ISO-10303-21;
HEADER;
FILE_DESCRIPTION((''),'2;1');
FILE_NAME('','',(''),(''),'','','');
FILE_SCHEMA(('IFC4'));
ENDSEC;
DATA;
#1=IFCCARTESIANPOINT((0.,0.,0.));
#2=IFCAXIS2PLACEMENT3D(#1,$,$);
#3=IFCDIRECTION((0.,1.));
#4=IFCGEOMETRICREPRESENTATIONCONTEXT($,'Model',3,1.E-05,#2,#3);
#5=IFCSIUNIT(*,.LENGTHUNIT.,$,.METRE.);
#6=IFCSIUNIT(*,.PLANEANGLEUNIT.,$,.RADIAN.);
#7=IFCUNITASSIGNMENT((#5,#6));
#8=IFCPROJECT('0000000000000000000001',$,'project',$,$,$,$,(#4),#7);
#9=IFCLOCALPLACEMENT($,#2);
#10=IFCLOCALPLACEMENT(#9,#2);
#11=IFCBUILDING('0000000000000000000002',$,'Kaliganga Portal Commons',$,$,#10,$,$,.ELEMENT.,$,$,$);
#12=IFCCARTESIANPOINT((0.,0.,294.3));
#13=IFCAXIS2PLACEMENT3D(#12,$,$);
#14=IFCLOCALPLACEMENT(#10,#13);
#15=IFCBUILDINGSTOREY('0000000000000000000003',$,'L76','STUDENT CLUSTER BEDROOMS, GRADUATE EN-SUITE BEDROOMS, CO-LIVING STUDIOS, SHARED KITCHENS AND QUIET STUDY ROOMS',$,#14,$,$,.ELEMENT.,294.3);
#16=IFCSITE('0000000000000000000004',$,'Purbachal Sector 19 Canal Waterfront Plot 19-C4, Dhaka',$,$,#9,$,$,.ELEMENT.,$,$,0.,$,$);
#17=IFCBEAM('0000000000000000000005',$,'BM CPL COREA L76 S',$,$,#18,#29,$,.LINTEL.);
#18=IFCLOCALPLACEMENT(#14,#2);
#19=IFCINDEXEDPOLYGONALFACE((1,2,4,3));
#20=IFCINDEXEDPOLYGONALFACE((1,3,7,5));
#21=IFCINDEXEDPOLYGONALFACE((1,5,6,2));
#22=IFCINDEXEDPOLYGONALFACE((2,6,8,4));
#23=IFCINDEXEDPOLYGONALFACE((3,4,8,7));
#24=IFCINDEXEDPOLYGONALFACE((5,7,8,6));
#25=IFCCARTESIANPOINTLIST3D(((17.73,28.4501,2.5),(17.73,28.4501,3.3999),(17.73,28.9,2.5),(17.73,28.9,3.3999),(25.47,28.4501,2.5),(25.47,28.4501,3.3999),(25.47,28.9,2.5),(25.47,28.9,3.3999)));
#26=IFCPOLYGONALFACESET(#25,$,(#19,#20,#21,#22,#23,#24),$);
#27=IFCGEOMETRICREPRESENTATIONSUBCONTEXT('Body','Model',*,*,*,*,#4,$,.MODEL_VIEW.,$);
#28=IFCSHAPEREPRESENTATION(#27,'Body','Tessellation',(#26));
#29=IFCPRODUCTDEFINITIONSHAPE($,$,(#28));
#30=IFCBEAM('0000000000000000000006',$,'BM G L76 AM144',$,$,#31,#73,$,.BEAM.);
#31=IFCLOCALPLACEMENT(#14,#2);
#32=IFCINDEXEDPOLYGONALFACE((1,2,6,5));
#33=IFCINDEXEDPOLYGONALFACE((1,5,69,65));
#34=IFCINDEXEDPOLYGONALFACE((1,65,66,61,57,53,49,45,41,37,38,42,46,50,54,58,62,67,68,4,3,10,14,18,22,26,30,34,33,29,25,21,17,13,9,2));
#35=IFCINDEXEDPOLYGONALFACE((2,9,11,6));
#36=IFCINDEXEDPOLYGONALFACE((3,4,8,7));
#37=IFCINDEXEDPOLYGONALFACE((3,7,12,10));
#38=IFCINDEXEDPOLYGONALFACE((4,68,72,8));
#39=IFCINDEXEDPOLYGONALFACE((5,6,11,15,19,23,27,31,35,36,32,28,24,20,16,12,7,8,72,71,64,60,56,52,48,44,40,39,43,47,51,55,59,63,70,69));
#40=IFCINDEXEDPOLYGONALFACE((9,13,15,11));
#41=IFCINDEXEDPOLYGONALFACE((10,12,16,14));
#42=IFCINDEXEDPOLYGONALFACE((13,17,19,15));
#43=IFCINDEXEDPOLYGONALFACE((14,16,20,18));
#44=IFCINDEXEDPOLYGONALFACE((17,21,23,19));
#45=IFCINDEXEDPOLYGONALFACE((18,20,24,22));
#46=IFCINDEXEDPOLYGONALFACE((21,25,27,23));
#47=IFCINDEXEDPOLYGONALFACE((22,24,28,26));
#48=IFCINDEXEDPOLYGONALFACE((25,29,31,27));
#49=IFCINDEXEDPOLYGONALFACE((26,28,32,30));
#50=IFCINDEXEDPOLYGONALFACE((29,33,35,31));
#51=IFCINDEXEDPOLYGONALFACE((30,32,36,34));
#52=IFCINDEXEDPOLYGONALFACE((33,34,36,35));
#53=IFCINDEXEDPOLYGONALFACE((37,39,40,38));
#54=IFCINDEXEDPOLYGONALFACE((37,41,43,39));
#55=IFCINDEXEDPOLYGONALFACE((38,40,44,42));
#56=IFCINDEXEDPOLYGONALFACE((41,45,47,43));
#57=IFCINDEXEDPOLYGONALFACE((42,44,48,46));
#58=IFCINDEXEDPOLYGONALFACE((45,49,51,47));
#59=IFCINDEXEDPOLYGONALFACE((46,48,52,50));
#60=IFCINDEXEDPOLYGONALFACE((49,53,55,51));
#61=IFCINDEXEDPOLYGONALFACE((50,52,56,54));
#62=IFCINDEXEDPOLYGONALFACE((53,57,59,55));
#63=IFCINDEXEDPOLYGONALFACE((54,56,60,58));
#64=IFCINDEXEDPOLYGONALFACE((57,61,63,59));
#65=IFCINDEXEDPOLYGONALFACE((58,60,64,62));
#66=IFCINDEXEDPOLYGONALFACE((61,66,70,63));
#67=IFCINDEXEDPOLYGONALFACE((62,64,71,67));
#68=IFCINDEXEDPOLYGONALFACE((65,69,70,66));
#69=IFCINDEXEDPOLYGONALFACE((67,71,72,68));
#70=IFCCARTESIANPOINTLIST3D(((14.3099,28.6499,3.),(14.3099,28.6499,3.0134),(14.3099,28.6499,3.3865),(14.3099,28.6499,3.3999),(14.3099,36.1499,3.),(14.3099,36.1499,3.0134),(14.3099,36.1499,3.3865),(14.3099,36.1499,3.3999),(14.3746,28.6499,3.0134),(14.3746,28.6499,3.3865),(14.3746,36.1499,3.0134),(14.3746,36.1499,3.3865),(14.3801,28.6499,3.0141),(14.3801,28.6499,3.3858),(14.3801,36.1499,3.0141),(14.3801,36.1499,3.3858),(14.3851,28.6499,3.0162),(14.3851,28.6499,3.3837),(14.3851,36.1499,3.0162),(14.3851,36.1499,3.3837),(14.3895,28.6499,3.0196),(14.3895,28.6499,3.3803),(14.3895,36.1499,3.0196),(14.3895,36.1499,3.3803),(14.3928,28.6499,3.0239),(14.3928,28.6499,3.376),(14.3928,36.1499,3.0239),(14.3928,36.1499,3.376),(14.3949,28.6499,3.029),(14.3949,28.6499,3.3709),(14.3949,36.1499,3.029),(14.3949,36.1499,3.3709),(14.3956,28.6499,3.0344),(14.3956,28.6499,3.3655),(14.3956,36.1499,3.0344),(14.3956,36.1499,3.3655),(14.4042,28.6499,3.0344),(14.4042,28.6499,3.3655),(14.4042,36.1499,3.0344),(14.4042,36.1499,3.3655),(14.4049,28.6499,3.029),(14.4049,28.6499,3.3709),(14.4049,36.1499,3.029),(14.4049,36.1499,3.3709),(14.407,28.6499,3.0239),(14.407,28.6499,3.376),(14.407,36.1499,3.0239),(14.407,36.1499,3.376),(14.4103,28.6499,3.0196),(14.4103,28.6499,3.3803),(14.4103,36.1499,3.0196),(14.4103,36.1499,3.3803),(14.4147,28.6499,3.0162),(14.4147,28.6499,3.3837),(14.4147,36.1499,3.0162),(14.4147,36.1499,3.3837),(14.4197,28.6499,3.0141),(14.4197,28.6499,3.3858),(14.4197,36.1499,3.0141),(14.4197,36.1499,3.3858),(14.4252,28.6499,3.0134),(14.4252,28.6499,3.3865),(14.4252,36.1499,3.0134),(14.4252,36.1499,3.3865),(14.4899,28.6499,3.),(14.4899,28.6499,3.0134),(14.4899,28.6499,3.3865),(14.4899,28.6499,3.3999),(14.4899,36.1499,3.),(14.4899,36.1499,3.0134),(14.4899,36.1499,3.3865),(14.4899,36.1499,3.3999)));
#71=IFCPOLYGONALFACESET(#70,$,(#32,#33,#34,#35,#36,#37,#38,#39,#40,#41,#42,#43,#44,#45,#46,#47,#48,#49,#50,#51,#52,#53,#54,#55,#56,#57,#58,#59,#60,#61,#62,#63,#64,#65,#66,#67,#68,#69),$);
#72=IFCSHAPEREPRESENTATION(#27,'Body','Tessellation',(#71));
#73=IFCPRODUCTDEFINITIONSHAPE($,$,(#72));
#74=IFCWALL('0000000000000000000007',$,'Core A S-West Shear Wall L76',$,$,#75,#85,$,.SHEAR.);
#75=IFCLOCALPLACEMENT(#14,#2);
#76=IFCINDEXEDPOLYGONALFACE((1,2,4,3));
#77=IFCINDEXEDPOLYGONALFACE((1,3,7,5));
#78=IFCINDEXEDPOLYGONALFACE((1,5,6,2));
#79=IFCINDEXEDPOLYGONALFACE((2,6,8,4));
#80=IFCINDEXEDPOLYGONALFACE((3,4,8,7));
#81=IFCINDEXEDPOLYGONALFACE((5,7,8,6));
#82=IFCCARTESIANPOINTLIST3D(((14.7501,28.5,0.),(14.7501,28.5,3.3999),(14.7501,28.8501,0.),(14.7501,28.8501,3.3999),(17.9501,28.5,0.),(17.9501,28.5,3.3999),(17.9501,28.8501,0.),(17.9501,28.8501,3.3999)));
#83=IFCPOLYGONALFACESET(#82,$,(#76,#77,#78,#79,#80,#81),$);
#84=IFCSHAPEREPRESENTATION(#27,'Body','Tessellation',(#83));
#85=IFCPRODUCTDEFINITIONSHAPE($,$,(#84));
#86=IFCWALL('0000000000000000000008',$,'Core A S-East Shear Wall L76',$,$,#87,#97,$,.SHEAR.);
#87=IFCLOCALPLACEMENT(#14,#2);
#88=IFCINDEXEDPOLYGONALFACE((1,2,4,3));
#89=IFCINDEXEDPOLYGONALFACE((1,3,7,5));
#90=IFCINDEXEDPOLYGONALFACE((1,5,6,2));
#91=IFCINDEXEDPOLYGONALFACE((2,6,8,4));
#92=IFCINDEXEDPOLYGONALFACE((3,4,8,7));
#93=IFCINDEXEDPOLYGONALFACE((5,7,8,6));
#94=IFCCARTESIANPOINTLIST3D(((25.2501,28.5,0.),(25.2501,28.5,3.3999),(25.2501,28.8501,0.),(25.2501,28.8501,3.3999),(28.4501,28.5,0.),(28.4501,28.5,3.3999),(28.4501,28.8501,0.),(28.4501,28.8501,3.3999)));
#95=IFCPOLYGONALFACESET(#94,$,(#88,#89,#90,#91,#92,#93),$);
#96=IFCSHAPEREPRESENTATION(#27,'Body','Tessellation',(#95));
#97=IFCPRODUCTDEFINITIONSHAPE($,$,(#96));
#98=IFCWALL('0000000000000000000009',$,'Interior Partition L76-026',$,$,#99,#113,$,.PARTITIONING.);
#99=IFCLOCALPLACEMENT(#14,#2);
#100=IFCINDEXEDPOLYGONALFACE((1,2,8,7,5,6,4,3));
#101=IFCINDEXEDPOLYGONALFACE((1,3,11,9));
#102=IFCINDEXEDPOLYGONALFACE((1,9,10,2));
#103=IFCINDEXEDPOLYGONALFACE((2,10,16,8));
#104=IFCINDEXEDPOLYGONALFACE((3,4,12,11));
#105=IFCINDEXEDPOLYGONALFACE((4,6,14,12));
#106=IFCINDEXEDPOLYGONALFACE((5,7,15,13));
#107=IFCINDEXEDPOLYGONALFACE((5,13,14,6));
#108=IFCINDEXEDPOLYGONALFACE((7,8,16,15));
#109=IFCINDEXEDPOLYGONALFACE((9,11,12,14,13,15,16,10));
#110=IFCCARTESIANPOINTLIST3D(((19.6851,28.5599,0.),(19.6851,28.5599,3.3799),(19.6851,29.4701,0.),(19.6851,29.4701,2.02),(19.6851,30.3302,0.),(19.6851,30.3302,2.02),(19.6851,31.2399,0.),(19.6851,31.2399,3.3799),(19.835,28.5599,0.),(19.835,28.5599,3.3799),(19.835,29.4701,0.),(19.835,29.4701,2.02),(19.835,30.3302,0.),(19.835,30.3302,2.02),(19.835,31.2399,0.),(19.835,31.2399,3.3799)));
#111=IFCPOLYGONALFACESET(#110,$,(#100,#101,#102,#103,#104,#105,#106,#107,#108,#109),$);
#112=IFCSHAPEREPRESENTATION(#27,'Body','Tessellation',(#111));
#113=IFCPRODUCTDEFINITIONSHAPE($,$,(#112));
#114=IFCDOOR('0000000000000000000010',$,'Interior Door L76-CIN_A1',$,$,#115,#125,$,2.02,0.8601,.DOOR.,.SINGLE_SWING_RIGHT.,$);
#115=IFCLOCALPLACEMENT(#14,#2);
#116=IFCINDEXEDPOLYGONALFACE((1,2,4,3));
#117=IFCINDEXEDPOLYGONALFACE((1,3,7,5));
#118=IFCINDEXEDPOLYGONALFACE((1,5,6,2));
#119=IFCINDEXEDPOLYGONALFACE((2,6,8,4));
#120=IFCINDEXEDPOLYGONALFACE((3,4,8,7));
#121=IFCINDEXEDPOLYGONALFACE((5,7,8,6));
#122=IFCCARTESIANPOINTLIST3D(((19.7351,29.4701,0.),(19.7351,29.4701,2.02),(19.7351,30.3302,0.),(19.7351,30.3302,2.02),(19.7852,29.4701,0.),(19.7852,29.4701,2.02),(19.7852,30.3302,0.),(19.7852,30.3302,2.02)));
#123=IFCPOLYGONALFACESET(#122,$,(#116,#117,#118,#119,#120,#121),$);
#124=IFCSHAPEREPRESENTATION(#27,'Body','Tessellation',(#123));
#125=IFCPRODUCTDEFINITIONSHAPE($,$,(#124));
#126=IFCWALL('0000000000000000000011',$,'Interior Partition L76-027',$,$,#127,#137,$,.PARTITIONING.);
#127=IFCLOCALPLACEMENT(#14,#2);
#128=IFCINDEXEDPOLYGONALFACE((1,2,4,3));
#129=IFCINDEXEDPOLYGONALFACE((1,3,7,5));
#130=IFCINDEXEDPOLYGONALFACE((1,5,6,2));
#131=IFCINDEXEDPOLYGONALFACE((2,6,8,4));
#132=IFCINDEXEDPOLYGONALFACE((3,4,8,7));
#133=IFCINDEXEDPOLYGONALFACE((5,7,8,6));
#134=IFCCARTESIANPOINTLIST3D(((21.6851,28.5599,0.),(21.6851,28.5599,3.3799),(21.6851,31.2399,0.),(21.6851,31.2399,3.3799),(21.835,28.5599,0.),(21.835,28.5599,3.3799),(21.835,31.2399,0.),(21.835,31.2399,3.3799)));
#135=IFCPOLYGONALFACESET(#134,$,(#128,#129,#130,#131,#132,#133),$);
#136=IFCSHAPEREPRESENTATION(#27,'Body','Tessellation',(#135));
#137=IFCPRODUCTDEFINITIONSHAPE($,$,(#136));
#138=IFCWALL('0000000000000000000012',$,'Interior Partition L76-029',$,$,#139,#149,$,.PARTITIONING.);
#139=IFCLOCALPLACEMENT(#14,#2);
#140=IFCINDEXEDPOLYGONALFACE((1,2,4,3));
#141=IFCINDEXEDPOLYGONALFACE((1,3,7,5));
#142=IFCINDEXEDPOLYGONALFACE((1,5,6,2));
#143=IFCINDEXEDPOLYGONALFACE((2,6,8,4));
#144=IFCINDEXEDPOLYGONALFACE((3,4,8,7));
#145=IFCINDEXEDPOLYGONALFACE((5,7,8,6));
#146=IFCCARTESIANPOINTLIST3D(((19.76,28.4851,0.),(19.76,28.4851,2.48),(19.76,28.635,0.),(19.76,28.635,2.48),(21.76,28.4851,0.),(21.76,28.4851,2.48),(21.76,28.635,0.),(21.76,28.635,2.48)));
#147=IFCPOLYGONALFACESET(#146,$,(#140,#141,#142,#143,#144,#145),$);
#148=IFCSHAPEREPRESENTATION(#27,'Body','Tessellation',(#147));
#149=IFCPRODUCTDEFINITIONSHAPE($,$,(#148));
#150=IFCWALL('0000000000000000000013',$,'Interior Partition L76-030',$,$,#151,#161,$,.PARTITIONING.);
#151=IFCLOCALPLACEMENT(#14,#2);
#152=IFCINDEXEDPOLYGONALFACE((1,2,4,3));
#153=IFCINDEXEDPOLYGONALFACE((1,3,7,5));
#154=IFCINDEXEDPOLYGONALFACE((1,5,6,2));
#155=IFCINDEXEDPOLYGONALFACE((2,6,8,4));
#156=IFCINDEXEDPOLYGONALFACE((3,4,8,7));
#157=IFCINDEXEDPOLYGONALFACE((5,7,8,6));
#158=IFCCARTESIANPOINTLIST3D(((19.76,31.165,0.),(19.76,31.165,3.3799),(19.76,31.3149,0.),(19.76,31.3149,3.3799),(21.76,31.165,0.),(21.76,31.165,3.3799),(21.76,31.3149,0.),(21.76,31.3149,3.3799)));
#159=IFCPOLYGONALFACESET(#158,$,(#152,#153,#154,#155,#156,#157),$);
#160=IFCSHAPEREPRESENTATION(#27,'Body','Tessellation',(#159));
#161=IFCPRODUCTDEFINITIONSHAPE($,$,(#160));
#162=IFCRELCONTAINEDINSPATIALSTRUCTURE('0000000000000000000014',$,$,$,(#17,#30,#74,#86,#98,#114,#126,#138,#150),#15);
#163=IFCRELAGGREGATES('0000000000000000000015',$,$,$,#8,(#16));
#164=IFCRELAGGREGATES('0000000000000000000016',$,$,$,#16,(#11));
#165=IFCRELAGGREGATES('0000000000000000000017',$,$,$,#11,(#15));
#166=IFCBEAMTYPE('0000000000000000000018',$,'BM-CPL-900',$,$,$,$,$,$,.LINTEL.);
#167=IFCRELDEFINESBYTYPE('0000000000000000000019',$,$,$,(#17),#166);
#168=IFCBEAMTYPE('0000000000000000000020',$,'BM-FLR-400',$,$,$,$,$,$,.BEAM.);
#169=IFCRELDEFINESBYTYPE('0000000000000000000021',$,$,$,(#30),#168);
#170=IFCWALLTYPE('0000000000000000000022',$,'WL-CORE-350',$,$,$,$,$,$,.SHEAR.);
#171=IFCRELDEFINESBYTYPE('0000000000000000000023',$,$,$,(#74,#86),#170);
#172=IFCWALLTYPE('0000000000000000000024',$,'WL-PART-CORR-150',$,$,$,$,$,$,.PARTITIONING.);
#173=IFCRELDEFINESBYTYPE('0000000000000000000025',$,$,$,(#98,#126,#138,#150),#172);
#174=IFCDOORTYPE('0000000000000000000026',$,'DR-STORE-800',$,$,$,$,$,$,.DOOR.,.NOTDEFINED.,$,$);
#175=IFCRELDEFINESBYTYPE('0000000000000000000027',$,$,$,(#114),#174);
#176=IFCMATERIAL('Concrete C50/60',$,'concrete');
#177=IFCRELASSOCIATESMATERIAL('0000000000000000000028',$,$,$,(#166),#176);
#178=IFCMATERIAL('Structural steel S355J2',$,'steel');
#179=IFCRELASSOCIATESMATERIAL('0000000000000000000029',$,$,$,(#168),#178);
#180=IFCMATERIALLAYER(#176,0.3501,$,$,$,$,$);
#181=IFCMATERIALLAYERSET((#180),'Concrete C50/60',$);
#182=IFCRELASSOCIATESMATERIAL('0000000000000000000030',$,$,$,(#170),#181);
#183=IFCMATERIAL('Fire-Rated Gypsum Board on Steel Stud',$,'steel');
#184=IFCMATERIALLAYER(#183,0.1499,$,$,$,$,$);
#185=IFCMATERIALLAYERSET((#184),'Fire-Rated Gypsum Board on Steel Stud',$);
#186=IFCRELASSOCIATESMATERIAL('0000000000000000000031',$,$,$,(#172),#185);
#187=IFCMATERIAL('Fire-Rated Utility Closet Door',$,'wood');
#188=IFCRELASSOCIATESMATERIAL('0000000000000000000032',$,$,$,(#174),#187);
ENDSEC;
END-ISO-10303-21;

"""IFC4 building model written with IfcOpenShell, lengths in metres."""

from ifc_helpers import new_model, si_unit, direction, frame, frame_2d, origin, origin_2d, place, context, subcontext, project, spatial, rectangle, i_section, extrude, source, transform, mapped, material, layer, layer_set, material_profile, profile_set, type_object, element, fill, save


model = new_model("IFC4")

# Units and contexts
model_context = context("Model", 3, precision=1e-05, world=origin(), true_north=direction((0.0, 1.0)))
body_context = subcontext(model_context, "Body", "Model", "MODEL_VIEW")
ifc_project = project(units=[si_unit("LENGTHUNIT", "METRE"), si_unit("PLANEANGLEUNIT", "RADIAN")], contexts=[model_context])

# Site, building, storey
site_placement = place(None, origin())
site = spatial("IfcSite", under=ifc_project, at=site_placement, Name="Purbachal Sector 19 Canal Waterfront Plot 19-C4, Dhaka", CompositionType="ELEMENT", RefElevation=0.0)
building_placement = place(site_placement, origin())
building = spatial("IfcBuilding", under=site, at=building_placement, Name="Kaliganga Portal Commons", CompositionType="ELEMENT")
storey_placement = place(building_placement, frame((0.0, 0.0, 294.3)))
storey = spatial("IfcBuildingStorey", under=building, at=storey_placement, Name="L76", Description="STUDENT CLUSTER BEDROOMS, GRADUATE EN-SUITE BEDROOMS, CO-LIVING STUDIOS, SHARED KITCHENS AND QUIET STUDY ROOMS", CompositionType="ELEMENT", Elevation=294.3)

# Beams
ifc_material_1 = material(Name="Concrete C50/60", Category="concrete")
ifc_material_profile_1 = material_profile(ifc_material_1, rectangle(XDim=0.45, YDim=0.8999, at=origin_2d()), Name="RC 450x900")
ifc_profile_set_1 = profile_set([ifc_material_profile_1], Name="Concrete C50/60")
beam_type_1 = type_object("IfcBeamType", Name="BM-CPL-900", PredefinedType="LINTEL", material=ifc_profile_set_1)
shared_shape_1 = source(origin(), body_context, "Body", "SweptSolid", [
    extrude(rectangle(XDim=0.45, YDim=0.8999, at=origin_2d()), origin(), (0.0, 0.0, 1.0), 7.74),
])
beam_1_placement = place(storey_placement, frame((17.73, 28.675, 2.95), z_axis=(1.0, 0.0, 0.0), x_axis=(0.0, 1.0, 0.0)))
element("IfcBeam", 1, at=beam_1_placement, inside=storey, type_object=beam_type_1, Name="BM CPL COREA L76 S", PredefinedType="LINTEL", context=body_context, shape_type="MappedRepresentation", body=[
    mapped(shared_shape_1, transform((0.0, 0.0, 0.0), x_axis=(1.0, 0.0, 0.0), y_axis=(0.0, 1.0, 0.0), z_axis=(0.0, 0.0, 1.0), scale=1.0)),
])
ifc_material_2 = material(Name="Structural steel S355J2", Category="steel")
ifc_material_profile_2 = material_profile(ifc_material_2, i_section(OverallWidth=0.1799, OverallDepth=0.3999, WebThickness=0.0085, FlangeThickness=0.0134, FilletRadius=0.021, at=origin_2d()), Name="IPE 400")
ifc_profile_set_2 = profile_set([ifc_material_profile_2], Name="Structural steel S355J2 wide-flange")
beam_type_2 = type_object("IfcBeamType", Name="BM-FLR-400", PredefinedType="BEAM", material=ifc_profile_set_2)
shared_shape_2 = source(origin(), body_context, "Body", "SweptSolid", [
    extrude(i_section(OverallWidth=0.1799, OverallDepth=0.3999, WebThickness=0.0085, FlangeThickness=0.0134, FilletRadius=0.021, at=origin_2d()), origin(), (0.0, 0.0, 1.0), 7.5),
])
beam_2_placement = place(storey_placement, frame((14.3999, 28.6499, 3.2), z_axis=(0.0, 1.0, 0.0), x_axis=(-1.0, 0.0, 0.0)))
element("IfcBeam", 2, at=beam_2_placement, inside=storey, type_object=beam_type_2, Name="BM G L76 AM144", PredefinedType="BEAM", context=body_context, shape_type="MappedRepresentation", body=[
    mapped(shared_shape_2, transform((0.0, 0.0, 0.0), x_axis=(1.0, 0.0, 0.0), y_axis=(0.0, 1.0, 0.0), z_axis=(0.0, 0.0, 1.0), scale=1.0)),
])

# Walls
ifc_layer_1 = layer(ifc_material_1, 0.3501)
ifc_layer_set_1 = layer_set([ifc_layer_1], Name="Concrete C50/60")
wall_type_1 = type_object("IfcWallType", Name="WL-CORE-350", PredefinedType="SHEAR", material=ifc_layer_set_1)
for number, where, z_axis, x_axis, name in (
    (3, (14.75, 28.675, 0.0), (0.0, 0.0, 1.0), (1.0, 0.0, 0.0), "Core A S-West Shear Wall L76"),
    (4, (25.25, 28.675, 0.0), (0.0, 0.0, 1.0), (1.0, 0.0, 0.0), "Core A S-East Shear Wall L76"),
):
    element("IfcWall", number, at=place(storey_placement, frame(where, z_axis=z_axis, x_axis=x_axis)), inside=storey, type_object=wall_type_1, Name=name, PredefinedType="SHEAR", context=body_context, shape_type="SweptSolid", body=[
        extrude(rectangle(XDim=3.2, YDim=0.3501, at=frame_2d((1.6001, 0.0))), origin(), (0.0, 0.0, 1.0), 3.3999),
    ])

# Wall, opening, door
ifc_material_3 = material(Name="Fire-Rated Gypsum Board on Steel Stud", Category="steel")
ifc_layer_2 = layer(ifc_material_3, 0.1499)
ifc_layer_set_2 = layer_set([ifc_layer_2], Name="Fire-Rated Gypsum Board on Steel Stud")
wall_type_2 = type_object("IfcWallType", Name="WL-PART-CORR-150", PredefinedType="PARTITIONING", material=ifc_layer_set_2)
wall_1_placement = place(storey_placement, frame((19.76, 28.5601, 0.0), z_axis=(0.0, 0.0, 1.0), x_axis=(0.0, 1.0, 0.0)))
wall_1 = element("IfcWall", 5, at=wall_1_placement, inside=storey, type_object=wall_type_2, Name="Interior Partition L76-026", PredefinedType="PARTITIONING", context=body_context, shape_type="SweptSolid", body=[
    extrude(rectangle(XDim=2.6799, YDim=0.1499, at=frame_2d((1.3398, 0.0))), origin(), (0.0, 0.0, 1.0), 3.3799),
])
opening_1_placement = place(wall_1_placement, frame((0.9099, 0.0, 0.0)))
opening_1 = element("IfcOpeningElement", 6, at=opening_1_placement, cuts=wall_1, PredefinedType="OPENING", context=body_context, shape_type="SweptSolid", body=[
    extrude(rectangle(XDim=0.8601, YDim=2.02, at=frame_2d((0.4302, 1.01))), frame((0.0, 0.085, 0.0), z_axis=(0.0, -1.0, 0.0), x_axis=(1.0, 0.0, 0.0)), (0.0, 0.0, 1.0), 0.1699),
])
ifc_material_4 = material(Name="Fire-Rated Utility Closet Door", Category="wood")
door_type_1 = type_object("IfcDoorType", Name="DR-STORE-800", OperationType="NOTDEFINED", PredefinedType="DOOR", material=ifc_material_4)
door_1_placement = place(opening_1_placement, origin())
door_1 = element("IfcDoor", 7, at=door_1_placement, inside=storey, type_object=door_type_1, Name="Interior Door L76-CIN_A1", OperationType="SINGLE_SWING_RIGHT", OverallHeight=2.02, OverallWidth=0.8601, PredefinedType="DOOR", context=body_context, shape_type="SweptSolid", body=[
    extrude(rectangle(XDim=0.8601, YDim=2.02, at=frame_2d((0.4302, 1.01))), frame((0.0, 0.0249, 0.0), z_axis=(0.0, -1.0, 0.0), x_axis=(1.0, 0.0, 0.0)), (0.0, 0.0, 1.0), 0.05),
])
fill(opening_1, door_1)

# Walls
wall_2_placement = place(storey_placement, frame((21.76, 28.5601, 0.0), z_axis=(0.0, 0.0, 1.0), x_axis=(0.0, 1.0, 0.0)))
element("IfcWall", 8, at=wall_2_placement, inside=storey, type_object=wall_type_2, Name="Interior Partition L76-027", PredefinedType="PARTITIONING", context=body_context, shape_type="SweptSolid", body=[
    extrude(rectangle(XDim=2.6799, YDim=0.1499, at=frame_2d((1.3398, 0.0))), origin(), (0.0, 0.0, 1.0), 3.3799),
])
wall_3_placement = place(storey_placement, frame((19.76, 28.5601, 0.0), z_axis=(0.0, 0.0, 1.0), x_axis=(1.0, 0.0, 0.0)))
element("IfcWall", 9, at=wall_3_placement, inside=storey, type_object=wall_type_2, Name="Interior Partition L76-029", PredefinedType="PARTITIONING", context=body_context, shape_type="SweptSolid", body=[
    extrude(rectangle(XDim=2.0, YDim=0.1499, at=frame_2d((1.0, 0.0))), origin(), (0.0, 0.0, 1.0), 2.48),
])
wall_4_placement = place(storey_placement, frame((19.76, 31.24, 0.0), z_axis=(0.0, 0.0, 1.0), x_axis=(1.0, 0.0, 0.0)))
element("IfcWall", 10, at=wall_4_placement, inside=storey, type_object=wall_type_2, Name="Interior Partition L76-030", PredefinedType="PARTITIONING", context=body_context, shape_type="SweptSolid", body=[
    extrude(rectangle(XDim=2.0, YDim=0.1499, at=frame_2d((1.0, 0.0))), origin(), (0.0, 0.0, 1.0), 3.3799),
])

save(model, "model.ifc")
